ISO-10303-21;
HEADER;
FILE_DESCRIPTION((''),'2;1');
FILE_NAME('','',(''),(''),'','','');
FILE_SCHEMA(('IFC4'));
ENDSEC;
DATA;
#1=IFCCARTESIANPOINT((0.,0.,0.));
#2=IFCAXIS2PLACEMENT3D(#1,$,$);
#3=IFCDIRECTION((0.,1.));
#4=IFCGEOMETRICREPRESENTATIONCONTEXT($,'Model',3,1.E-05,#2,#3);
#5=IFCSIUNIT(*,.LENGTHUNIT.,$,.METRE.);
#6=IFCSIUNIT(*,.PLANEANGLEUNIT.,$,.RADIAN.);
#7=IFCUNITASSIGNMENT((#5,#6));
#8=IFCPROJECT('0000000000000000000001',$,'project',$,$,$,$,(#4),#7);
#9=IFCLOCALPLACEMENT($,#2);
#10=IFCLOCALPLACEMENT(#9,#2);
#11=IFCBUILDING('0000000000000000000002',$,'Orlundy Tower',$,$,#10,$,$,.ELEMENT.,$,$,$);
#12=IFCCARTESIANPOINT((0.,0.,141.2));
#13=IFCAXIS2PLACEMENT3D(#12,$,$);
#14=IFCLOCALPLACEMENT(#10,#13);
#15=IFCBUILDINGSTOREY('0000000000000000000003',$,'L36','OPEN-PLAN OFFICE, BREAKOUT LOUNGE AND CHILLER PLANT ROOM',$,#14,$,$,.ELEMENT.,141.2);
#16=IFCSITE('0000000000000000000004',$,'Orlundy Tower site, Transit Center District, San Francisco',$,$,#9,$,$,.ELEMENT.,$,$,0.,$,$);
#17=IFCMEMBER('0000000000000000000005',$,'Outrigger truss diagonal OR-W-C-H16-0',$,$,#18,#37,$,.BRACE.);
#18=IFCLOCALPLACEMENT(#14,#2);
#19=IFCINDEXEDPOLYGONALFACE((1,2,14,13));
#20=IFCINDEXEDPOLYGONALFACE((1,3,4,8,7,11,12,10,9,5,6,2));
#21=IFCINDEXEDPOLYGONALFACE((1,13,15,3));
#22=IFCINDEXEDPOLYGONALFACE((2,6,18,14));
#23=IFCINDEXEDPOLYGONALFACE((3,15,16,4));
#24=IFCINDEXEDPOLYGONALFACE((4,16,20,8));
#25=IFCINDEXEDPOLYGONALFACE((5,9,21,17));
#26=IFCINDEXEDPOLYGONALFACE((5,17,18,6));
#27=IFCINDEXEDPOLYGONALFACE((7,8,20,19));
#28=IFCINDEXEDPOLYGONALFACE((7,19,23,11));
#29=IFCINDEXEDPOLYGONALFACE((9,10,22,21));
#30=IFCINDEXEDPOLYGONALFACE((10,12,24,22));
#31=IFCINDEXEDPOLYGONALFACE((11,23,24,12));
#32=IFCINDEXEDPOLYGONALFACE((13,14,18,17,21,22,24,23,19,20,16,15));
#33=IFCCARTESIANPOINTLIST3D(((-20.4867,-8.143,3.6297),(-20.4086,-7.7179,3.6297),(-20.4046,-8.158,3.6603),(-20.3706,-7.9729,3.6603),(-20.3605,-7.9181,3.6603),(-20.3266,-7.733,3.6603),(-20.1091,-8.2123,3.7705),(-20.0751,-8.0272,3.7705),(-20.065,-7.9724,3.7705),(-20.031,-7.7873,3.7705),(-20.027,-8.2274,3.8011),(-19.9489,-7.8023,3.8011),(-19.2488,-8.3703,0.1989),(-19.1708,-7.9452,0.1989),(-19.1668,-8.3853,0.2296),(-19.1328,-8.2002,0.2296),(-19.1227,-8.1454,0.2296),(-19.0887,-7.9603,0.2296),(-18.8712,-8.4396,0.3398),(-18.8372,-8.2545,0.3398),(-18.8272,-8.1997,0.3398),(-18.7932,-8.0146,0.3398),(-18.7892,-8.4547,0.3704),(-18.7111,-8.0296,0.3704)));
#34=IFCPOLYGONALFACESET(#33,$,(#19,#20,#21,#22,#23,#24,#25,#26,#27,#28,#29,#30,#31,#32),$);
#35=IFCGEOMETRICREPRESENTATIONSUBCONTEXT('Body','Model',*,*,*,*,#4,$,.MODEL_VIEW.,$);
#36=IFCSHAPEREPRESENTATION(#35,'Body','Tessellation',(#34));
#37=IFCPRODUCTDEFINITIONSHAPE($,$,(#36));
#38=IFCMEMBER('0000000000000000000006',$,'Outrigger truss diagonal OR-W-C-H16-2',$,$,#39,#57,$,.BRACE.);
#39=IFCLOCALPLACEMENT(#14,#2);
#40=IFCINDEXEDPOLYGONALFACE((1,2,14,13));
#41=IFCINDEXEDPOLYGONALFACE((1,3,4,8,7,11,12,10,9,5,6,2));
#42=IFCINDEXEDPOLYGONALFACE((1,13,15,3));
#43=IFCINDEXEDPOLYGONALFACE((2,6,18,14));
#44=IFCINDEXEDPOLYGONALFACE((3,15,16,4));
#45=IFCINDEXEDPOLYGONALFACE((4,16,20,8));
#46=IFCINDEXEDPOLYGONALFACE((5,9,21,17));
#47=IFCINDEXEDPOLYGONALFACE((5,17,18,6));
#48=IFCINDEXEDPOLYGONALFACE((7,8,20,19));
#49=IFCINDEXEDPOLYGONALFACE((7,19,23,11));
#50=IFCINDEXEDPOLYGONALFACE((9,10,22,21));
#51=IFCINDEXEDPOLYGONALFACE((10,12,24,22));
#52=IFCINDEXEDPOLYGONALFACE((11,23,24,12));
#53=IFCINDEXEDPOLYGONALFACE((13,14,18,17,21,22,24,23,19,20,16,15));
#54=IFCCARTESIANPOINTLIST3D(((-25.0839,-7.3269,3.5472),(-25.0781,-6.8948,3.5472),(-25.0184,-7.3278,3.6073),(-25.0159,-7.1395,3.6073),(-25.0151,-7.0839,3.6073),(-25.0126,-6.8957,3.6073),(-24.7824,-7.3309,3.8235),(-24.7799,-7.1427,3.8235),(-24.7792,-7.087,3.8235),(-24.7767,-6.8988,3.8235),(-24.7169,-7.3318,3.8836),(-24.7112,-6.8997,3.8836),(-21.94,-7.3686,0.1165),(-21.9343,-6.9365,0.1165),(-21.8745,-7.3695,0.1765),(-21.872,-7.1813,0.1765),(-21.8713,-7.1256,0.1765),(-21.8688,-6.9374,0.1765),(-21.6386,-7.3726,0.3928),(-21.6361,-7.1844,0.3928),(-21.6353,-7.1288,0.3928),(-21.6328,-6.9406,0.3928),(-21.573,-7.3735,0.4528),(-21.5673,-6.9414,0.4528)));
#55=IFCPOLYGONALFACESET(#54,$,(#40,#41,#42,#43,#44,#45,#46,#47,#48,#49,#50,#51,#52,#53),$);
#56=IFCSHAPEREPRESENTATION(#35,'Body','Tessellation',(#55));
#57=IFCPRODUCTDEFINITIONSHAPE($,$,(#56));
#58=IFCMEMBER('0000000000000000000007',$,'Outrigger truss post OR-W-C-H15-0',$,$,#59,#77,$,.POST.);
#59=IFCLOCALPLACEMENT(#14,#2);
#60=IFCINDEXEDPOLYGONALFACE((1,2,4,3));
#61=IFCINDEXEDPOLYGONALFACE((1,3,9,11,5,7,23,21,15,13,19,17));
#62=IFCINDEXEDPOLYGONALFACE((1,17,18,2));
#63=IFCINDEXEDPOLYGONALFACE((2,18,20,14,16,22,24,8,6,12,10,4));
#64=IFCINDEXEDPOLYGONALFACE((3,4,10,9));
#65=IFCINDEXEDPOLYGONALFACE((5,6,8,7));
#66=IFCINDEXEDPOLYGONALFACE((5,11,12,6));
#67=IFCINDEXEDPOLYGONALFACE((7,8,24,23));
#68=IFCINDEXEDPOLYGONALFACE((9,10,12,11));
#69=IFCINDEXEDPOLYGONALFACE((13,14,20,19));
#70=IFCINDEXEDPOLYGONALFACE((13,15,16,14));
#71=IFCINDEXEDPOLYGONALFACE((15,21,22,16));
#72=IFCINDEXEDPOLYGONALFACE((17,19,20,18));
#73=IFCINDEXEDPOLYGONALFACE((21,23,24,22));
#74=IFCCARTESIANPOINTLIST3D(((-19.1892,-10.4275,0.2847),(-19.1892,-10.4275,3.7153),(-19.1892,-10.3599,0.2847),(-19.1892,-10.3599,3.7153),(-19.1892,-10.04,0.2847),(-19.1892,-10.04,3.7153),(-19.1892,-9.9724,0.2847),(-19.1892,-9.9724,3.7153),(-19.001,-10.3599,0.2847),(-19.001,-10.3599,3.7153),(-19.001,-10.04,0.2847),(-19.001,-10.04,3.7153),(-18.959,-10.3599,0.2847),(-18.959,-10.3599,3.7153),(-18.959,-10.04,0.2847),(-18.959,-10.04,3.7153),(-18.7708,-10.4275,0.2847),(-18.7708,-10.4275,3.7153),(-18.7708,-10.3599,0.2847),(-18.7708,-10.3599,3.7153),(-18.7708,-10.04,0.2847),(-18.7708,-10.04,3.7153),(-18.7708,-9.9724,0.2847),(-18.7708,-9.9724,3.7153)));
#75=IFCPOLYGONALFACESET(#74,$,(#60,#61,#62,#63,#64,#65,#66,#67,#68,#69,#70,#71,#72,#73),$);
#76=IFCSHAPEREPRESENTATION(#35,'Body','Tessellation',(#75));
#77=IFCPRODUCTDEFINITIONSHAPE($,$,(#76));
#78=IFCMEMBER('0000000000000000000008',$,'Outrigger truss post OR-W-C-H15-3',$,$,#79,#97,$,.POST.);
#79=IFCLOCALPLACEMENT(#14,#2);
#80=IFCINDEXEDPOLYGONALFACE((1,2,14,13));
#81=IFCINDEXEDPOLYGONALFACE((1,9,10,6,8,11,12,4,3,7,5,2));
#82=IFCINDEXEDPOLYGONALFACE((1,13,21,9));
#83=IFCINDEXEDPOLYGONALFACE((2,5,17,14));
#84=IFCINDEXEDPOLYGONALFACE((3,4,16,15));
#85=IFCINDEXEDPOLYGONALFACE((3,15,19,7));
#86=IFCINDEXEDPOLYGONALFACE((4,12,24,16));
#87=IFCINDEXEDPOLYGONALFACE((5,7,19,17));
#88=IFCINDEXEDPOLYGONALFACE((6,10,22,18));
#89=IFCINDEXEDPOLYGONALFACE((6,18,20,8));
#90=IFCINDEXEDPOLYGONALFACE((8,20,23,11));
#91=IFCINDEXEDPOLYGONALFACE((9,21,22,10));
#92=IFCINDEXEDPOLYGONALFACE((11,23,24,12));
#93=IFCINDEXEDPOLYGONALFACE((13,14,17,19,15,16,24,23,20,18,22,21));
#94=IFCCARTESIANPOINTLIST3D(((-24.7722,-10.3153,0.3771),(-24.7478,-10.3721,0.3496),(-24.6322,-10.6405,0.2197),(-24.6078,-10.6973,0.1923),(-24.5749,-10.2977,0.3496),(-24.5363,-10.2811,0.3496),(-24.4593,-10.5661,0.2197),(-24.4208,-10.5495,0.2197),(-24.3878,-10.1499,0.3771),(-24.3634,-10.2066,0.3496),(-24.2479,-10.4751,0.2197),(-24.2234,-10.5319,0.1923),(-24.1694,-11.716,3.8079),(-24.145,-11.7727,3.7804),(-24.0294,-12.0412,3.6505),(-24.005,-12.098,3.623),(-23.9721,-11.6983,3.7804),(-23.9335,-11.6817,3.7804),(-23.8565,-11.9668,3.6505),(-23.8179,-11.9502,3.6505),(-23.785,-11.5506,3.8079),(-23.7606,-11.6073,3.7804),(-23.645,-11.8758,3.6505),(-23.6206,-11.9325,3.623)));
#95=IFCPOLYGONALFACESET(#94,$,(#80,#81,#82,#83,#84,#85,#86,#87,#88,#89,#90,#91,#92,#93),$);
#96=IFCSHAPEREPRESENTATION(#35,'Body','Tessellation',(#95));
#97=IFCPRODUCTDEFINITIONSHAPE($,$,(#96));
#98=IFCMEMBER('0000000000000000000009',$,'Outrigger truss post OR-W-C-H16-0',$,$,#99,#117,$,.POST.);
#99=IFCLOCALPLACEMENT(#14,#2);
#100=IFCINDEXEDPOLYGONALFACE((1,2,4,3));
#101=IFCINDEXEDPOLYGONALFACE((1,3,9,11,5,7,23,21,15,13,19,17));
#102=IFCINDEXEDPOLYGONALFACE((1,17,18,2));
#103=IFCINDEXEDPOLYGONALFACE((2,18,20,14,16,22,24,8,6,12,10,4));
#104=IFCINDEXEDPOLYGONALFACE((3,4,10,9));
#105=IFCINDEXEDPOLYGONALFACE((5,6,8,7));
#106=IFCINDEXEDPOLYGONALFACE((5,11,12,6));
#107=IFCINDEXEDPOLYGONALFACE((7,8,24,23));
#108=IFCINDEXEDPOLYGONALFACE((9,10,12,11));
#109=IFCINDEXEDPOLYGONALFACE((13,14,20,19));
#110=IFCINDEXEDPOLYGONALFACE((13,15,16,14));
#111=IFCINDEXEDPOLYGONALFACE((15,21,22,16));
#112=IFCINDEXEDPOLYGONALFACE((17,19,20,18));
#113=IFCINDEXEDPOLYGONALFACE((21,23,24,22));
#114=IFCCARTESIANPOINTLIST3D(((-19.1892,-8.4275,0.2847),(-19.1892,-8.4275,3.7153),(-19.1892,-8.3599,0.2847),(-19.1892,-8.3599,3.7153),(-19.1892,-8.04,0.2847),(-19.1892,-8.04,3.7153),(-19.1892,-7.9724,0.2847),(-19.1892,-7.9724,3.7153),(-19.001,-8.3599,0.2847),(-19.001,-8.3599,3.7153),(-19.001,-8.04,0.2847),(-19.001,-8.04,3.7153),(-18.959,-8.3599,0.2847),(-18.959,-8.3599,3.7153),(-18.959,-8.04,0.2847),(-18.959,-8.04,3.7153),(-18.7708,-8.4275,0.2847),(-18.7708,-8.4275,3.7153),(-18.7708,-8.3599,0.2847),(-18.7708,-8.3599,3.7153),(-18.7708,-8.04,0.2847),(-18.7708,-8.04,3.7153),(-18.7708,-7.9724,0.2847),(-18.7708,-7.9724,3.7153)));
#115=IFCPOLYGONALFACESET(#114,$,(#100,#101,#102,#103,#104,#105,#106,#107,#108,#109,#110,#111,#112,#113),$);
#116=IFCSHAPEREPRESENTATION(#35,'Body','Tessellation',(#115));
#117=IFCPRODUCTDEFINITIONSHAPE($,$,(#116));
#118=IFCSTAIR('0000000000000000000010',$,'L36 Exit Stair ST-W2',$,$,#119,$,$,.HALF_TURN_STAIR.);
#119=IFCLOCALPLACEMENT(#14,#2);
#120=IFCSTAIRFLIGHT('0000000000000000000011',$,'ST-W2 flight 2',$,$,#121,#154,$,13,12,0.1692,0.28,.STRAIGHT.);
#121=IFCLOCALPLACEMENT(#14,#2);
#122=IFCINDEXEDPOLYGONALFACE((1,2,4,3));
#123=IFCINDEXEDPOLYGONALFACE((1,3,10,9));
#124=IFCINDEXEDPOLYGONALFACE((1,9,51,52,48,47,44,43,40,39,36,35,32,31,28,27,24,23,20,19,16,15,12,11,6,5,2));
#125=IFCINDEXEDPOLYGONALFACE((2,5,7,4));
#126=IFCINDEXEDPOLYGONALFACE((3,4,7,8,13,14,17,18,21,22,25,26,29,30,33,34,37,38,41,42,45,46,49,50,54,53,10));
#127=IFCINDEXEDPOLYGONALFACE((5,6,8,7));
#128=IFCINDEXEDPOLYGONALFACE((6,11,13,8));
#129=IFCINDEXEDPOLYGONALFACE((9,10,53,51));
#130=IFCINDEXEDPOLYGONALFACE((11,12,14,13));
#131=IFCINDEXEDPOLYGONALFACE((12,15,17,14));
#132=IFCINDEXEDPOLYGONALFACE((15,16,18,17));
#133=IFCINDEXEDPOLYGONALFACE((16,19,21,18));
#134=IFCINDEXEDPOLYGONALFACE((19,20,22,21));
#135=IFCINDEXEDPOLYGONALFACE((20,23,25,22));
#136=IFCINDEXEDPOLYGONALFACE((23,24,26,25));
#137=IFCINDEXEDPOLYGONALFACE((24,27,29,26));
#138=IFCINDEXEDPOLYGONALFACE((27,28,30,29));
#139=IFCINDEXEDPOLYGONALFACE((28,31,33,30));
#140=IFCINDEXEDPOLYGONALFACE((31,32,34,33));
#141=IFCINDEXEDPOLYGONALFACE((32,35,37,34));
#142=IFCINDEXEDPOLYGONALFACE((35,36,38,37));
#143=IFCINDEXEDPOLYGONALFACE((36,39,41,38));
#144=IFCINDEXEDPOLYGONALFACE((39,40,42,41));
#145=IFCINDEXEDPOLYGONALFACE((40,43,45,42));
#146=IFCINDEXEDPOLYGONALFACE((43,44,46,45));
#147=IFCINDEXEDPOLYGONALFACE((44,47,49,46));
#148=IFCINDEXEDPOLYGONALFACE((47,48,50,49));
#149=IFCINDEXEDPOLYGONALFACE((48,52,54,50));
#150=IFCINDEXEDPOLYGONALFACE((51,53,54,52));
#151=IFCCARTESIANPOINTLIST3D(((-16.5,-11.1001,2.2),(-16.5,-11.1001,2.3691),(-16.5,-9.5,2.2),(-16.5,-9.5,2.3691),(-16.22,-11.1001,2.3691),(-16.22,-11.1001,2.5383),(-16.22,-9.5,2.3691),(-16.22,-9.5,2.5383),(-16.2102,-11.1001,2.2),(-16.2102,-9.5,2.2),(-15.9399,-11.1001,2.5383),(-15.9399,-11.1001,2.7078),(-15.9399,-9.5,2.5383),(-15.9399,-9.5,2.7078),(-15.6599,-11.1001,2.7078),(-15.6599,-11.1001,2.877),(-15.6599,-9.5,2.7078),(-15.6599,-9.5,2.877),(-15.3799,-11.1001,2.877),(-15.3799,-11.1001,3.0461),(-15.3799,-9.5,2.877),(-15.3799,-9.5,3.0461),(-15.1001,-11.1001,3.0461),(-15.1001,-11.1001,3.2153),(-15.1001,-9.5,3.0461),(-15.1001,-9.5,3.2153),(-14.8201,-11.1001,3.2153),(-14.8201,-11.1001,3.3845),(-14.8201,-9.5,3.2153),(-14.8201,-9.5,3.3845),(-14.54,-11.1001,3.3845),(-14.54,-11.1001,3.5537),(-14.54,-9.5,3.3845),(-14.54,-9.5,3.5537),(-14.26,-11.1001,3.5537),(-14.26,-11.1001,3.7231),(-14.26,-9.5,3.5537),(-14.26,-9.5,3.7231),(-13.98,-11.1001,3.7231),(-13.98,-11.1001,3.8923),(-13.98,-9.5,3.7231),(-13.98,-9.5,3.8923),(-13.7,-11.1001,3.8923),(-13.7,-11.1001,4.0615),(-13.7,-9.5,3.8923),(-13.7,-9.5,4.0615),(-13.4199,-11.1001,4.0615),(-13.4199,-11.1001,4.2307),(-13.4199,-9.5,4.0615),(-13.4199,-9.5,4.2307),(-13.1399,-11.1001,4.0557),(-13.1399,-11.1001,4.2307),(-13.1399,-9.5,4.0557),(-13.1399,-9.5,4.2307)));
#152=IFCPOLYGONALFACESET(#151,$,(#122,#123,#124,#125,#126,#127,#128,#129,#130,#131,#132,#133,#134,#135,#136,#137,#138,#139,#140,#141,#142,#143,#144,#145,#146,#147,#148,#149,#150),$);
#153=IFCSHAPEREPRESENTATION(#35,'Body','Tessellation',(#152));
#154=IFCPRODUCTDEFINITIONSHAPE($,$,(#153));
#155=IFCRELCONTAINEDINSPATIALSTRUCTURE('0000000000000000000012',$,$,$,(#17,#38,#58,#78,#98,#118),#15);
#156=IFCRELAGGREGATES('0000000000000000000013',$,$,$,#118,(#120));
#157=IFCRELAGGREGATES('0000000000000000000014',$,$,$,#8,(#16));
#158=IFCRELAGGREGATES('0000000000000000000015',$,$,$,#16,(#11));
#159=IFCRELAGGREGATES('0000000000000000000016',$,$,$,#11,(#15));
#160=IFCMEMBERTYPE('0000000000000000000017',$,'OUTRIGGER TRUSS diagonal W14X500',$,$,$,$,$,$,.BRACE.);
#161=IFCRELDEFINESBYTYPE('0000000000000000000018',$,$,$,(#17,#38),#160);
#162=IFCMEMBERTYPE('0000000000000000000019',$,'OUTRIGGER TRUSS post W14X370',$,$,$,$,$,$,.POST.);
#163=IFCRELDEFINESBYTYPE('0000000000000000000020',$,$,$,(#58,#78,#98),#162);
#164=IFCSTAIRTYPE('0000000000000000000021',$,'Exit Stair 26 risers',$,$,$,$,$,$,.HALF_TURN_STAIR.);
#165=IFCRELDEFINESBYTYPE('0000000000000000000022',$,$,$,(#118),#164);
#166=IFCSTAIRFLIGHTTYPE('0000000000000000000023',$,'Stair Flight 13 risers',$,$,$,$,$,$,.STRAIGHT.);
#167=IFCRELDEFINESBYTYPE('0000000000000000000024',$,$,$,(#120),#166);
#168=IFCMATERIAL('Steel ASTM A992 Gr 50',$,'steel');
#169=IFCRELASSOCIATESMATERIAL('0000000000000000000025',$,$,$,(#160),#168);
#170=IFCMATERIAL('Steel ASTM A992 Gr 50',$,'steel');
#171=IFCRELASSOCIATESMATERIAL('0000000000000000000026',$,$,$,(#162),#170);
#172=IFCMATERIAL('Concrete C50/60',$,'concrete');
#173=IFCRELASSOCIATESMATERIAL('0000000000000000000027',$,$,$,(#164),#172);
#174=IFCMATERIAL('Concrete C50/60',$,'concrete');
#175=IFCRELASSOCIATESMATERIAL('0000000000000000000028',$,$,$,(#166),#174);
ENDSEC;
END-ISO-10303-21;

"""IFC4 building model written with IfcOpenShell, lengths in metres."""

from ifc_helpers import new_model, si_unit, direction, frame, origin, origin_2d, place, context, subcontext, project, spatial, polyline, i_section, outline, extrude, material, material_profile, profile_set, type_object, element, aggregate, save


model = new_model("IFC4")

# Units and contexts
model_context = context("Model", 3, precision=1e-05, world=origin(), true_north=direction((0.0, 1.0)))
body_context = subcontext(model_context, "Body", "Model", "MODEL_VIEW")
ifc_project = project(units=[si_unit("LENGTHUNIT", "METRE"), si_unit("PLANEANGLEUNIT", "RADIAN")], contexts=[model_context])

# Site, building, storey
site_placement = place(None, origin())
site = spatial("IfcSite", under=ifc_project, at=site_placement, Name="Orlundy Tower site, Transit Center District, San Francisco", CompositionType="ELEMENT", RefElevation=0.0)
building_placement = place(site_placement, origin())
building = spatial("IfcBuilding", under=site, at=building_placement, Name="Orlundy Tower", CompositionType="ELEMENT")
storey_placement = place(building_placement, frame((0.0, 0.0, 141.2)))
storey = spatial("IfcBuildingStorey", under=building, at=storey_placement, Name="L36", Description="OPEN-PLAN OFFICE, BREAKOUT LOUNGE AND CHILLER PLANT ROOM", CompositionType="ELEMENT", Elevation=141.2)

# Members
ifc_material_1 = material(Name="Steel ASTM A992 Gr 50", Category="steel")
ifc_material_profile_1 = material_profile(ifc_material_1, i_section(OverallWidth=0.4321, OverallDepth=0.4978, WebThickness=0.0557, FlangeThickness=0.0889, at=origin_2d()), Name="W14X500")
ifc_profile_set_1 = profile_set([ifc_material_profile_1], Name="Steel ASTM A992 Gr 50")
member_type_1 = type_object("IfcMemberType", Name="OUTRIGGER TRUSS diagonal W14X500", PredefinedType="BRACE", material=ifc_profile_set_1)
member_1_placement = place(storey_placement, frame((-18.98, -8.2, 0.2847), z_axis=(-0.338731, 0.062201, 0.938825), x_axis=(-0.180609, -0.983555, 0.0)))
element("IfcMember", 1, at=member_1_placement, inside=storey, type_object=member_type_1, Name="Outrigger truss diagonal OR-W-C-H16-0", PredefinedType="BRACE", context=body_context, shape_type="SweptSolid", body=[
    extrude(i_section(OverallWidth=0.4321, OverallDepth=0.4978, WebThickness=0.0557, FlangeThickness=0.0889, at=origin_2d()), origin(), (0.0, 0.0, 1.0), 3.6543),
])
member_2_placement = place(storey_placement, frame((-21.7537, -7.155, 0.2847), z_axis=(-0.675583, 0.008971, 0.737229), x_axis=(-0.013278, -0.999912, 0.0)))
element("IfcMember", 2, at=member_2_placement, inside=storey, type_object=member_type_1, Name="Outrigger truss diagonal OR-W-C-H16-2", PredefinedType="BRACE", context=body_context, shape_type="SweptSolid", body=[
    extrude(i_section(OverallWidth=0.4321, OverallDepth=0.4978, WebThickness=0.0557, FlangeThickness=0.0889, at=origin_2d()), origin(), (0.0, 0.0, 1.0), 4.6536),
])
ifc_material_2 = material(Name="Steel ASTM A992 Gr 50", Category="steel")
ifc_material_profile_2 = material_profile(ifc_material_2, i_section(OverallWidth=0.4185, OverallDepth=0.4551, WebThickness=0.042, FlangeThickness=0.0676, at=origin_2d()), Name="W14X370")
ifc_profile_set_2 = profile_set([ifc_material_profile_2], Name="Steel ASTM A992 Gr 50")
member_type_2 = type_object("IfcMemberType", Name="OUTRIGGER TRUSS post W14X370", PredefinedType="POST", material=ifc_profile_set_2)
member_3_placement = place(storey_placement, frame((-18.98, -10.2, 0.2847), z_axis=(0.0, 0.0, 1.0), x_axis=(1.0, 0.0, 0.0)))
element("IfcMember", 3, at=member_3_placement, inside=storey, type_object=member_type_2, Name="Outrigger truss post OR-W-C-H15-0", PredefinedType="POST", context=body_context, shape_type="SweptSolid", body=[
    extrude(i_section(OverallWidth=0.4185, OverallDepth=0.4551, WebThickness=0.042, FlangeThickness=0.0676, at=origin_2d()), origin(), (0.0, 0.0, 1.0), 3.4307),
])
member_4_placement = place(storey_placement, frame((-24.4978, -10.4236, 0.2847), z_axis=(0.160559, -0.373077, 0.913802), x_axis=(0.918548, 0.39531, 0.0)))
element("IfcMember", 4, at=member_4_placement, inside=storey, type_object=member_type_2, Name="Outrigger truss post OR-W-C-H15-3", PredefinedType="POST", context=body_context, shape_type="SweptSolid", body=[
    extrude(i_section(OverallWidth=0.4185, OverallDepth=0.4551, WebThickness=0.042, FlangeThickness=0.0676, at=origin_2d()), origin(), (0.0, 0.0, 1.0), 3.7544),
])
member_5_placement = place(storey_placement, frame((-18.98, -8.2, 0.2847), z_axis=(0.0, 0.0, 1.0), x_axis=(1.0, 0.0, 0.0)))
element("IfcMember", 5, at=member_5_placement, inside=storey, type_object=member_type_2, Name="Outrigger truss post OR-W-C-H16-0", PredefinedType="POST", context=body_context, shape_type="SweptSolid", body=[
    extrude(i_section(OverallWidth=0.4185, OverallDepth=0.4551, WebThickness=0.042, FlangeThickness=0.0676, at=origin_2d()), origin(), (0.0, 0.0, 1.0), 3.4307),
])

# Stair, stair flight
ifc_material_3 = material(Name="Concrete C50/60", Category="concrete")
stair_type = type_object("IfcStairType", Name="Exit Stair 26 risers", PredefinedType="HALF_TURN_STAIR", material=ifc_material_3)
stair_placement = place(storey_placement, origin())
stair = element("IfcStair", 6, at=stair_placement, inside=storey, type_object=stair_type, Name="L36 Exit Stair ST-W2", PredefinedType="HALF_TURN_STAIR")
ifc_material_4 = material(Name="Concrete C50/60", Category="concrete")
stair_flight_type = type_object("IfcStairFlightType", Name="Stair Flight 13 risers", PredefinedType="STRAIGHT", material=ifc_material_4)
stair_flight_placement = place(storey_placement, frame((-16.5, -10.3, 2.2), z_axis=(0.0, 0.0, 1.0), x_axis=(1.0, 0.0, 0.0)))
stair_flight = element("IfcStairFlight", 7, at=stair_flight_placement, type_object=stair_flight_type, Name="ST-W2 flight 2", NumberOfRisers=13, NumberOfTreads=12, PredefinedType="STRAIGHT", RiserHeight=0.1692, TreadLength=0.28, context=body_context, shape_type="SweptSolid", body=[
    extrude(outline(polyline([(0.0, 0.0), (0.0, 0.1692), (0.28, 0.1692), (0.28, 0.3384), (0.5601, 0.3384), (0.5601, 0.5078), (0.8401, 0.5078), (0.8401, 0.677), (1.1201, 0.677), (1.1201, 0.8462), (1.3999, 0.8462), (1.3999, 1.0154), (1.6799, 1.0154), (1.6799, 1.1846), (1.96, 1.1846), (1.96, 1.3538), (2.24, 1.3538), (2.24, 1.5232), (2.52, 1.5232), (2.52, 1.6924), (2.8, 1.6924), (2.8, 1.8616), (3.0801, 1.8616), (3.0801, 2.0308), (3.3601, 2.0308), (3.3601, 2.2), (3.3601, 1.8557), (0.2898, 0.0), (0.0, 0.0)])), frame((0.0, 0.8, 0.0), z_axis=(0.0, -1.0, 0.0), x_axis=(1.0, 0.0, 0.0)), (0.0, 0.0, 1.0), 1.6001),
])
aggregate(stair, [stair_flight])

save(model, "model.ifc")
